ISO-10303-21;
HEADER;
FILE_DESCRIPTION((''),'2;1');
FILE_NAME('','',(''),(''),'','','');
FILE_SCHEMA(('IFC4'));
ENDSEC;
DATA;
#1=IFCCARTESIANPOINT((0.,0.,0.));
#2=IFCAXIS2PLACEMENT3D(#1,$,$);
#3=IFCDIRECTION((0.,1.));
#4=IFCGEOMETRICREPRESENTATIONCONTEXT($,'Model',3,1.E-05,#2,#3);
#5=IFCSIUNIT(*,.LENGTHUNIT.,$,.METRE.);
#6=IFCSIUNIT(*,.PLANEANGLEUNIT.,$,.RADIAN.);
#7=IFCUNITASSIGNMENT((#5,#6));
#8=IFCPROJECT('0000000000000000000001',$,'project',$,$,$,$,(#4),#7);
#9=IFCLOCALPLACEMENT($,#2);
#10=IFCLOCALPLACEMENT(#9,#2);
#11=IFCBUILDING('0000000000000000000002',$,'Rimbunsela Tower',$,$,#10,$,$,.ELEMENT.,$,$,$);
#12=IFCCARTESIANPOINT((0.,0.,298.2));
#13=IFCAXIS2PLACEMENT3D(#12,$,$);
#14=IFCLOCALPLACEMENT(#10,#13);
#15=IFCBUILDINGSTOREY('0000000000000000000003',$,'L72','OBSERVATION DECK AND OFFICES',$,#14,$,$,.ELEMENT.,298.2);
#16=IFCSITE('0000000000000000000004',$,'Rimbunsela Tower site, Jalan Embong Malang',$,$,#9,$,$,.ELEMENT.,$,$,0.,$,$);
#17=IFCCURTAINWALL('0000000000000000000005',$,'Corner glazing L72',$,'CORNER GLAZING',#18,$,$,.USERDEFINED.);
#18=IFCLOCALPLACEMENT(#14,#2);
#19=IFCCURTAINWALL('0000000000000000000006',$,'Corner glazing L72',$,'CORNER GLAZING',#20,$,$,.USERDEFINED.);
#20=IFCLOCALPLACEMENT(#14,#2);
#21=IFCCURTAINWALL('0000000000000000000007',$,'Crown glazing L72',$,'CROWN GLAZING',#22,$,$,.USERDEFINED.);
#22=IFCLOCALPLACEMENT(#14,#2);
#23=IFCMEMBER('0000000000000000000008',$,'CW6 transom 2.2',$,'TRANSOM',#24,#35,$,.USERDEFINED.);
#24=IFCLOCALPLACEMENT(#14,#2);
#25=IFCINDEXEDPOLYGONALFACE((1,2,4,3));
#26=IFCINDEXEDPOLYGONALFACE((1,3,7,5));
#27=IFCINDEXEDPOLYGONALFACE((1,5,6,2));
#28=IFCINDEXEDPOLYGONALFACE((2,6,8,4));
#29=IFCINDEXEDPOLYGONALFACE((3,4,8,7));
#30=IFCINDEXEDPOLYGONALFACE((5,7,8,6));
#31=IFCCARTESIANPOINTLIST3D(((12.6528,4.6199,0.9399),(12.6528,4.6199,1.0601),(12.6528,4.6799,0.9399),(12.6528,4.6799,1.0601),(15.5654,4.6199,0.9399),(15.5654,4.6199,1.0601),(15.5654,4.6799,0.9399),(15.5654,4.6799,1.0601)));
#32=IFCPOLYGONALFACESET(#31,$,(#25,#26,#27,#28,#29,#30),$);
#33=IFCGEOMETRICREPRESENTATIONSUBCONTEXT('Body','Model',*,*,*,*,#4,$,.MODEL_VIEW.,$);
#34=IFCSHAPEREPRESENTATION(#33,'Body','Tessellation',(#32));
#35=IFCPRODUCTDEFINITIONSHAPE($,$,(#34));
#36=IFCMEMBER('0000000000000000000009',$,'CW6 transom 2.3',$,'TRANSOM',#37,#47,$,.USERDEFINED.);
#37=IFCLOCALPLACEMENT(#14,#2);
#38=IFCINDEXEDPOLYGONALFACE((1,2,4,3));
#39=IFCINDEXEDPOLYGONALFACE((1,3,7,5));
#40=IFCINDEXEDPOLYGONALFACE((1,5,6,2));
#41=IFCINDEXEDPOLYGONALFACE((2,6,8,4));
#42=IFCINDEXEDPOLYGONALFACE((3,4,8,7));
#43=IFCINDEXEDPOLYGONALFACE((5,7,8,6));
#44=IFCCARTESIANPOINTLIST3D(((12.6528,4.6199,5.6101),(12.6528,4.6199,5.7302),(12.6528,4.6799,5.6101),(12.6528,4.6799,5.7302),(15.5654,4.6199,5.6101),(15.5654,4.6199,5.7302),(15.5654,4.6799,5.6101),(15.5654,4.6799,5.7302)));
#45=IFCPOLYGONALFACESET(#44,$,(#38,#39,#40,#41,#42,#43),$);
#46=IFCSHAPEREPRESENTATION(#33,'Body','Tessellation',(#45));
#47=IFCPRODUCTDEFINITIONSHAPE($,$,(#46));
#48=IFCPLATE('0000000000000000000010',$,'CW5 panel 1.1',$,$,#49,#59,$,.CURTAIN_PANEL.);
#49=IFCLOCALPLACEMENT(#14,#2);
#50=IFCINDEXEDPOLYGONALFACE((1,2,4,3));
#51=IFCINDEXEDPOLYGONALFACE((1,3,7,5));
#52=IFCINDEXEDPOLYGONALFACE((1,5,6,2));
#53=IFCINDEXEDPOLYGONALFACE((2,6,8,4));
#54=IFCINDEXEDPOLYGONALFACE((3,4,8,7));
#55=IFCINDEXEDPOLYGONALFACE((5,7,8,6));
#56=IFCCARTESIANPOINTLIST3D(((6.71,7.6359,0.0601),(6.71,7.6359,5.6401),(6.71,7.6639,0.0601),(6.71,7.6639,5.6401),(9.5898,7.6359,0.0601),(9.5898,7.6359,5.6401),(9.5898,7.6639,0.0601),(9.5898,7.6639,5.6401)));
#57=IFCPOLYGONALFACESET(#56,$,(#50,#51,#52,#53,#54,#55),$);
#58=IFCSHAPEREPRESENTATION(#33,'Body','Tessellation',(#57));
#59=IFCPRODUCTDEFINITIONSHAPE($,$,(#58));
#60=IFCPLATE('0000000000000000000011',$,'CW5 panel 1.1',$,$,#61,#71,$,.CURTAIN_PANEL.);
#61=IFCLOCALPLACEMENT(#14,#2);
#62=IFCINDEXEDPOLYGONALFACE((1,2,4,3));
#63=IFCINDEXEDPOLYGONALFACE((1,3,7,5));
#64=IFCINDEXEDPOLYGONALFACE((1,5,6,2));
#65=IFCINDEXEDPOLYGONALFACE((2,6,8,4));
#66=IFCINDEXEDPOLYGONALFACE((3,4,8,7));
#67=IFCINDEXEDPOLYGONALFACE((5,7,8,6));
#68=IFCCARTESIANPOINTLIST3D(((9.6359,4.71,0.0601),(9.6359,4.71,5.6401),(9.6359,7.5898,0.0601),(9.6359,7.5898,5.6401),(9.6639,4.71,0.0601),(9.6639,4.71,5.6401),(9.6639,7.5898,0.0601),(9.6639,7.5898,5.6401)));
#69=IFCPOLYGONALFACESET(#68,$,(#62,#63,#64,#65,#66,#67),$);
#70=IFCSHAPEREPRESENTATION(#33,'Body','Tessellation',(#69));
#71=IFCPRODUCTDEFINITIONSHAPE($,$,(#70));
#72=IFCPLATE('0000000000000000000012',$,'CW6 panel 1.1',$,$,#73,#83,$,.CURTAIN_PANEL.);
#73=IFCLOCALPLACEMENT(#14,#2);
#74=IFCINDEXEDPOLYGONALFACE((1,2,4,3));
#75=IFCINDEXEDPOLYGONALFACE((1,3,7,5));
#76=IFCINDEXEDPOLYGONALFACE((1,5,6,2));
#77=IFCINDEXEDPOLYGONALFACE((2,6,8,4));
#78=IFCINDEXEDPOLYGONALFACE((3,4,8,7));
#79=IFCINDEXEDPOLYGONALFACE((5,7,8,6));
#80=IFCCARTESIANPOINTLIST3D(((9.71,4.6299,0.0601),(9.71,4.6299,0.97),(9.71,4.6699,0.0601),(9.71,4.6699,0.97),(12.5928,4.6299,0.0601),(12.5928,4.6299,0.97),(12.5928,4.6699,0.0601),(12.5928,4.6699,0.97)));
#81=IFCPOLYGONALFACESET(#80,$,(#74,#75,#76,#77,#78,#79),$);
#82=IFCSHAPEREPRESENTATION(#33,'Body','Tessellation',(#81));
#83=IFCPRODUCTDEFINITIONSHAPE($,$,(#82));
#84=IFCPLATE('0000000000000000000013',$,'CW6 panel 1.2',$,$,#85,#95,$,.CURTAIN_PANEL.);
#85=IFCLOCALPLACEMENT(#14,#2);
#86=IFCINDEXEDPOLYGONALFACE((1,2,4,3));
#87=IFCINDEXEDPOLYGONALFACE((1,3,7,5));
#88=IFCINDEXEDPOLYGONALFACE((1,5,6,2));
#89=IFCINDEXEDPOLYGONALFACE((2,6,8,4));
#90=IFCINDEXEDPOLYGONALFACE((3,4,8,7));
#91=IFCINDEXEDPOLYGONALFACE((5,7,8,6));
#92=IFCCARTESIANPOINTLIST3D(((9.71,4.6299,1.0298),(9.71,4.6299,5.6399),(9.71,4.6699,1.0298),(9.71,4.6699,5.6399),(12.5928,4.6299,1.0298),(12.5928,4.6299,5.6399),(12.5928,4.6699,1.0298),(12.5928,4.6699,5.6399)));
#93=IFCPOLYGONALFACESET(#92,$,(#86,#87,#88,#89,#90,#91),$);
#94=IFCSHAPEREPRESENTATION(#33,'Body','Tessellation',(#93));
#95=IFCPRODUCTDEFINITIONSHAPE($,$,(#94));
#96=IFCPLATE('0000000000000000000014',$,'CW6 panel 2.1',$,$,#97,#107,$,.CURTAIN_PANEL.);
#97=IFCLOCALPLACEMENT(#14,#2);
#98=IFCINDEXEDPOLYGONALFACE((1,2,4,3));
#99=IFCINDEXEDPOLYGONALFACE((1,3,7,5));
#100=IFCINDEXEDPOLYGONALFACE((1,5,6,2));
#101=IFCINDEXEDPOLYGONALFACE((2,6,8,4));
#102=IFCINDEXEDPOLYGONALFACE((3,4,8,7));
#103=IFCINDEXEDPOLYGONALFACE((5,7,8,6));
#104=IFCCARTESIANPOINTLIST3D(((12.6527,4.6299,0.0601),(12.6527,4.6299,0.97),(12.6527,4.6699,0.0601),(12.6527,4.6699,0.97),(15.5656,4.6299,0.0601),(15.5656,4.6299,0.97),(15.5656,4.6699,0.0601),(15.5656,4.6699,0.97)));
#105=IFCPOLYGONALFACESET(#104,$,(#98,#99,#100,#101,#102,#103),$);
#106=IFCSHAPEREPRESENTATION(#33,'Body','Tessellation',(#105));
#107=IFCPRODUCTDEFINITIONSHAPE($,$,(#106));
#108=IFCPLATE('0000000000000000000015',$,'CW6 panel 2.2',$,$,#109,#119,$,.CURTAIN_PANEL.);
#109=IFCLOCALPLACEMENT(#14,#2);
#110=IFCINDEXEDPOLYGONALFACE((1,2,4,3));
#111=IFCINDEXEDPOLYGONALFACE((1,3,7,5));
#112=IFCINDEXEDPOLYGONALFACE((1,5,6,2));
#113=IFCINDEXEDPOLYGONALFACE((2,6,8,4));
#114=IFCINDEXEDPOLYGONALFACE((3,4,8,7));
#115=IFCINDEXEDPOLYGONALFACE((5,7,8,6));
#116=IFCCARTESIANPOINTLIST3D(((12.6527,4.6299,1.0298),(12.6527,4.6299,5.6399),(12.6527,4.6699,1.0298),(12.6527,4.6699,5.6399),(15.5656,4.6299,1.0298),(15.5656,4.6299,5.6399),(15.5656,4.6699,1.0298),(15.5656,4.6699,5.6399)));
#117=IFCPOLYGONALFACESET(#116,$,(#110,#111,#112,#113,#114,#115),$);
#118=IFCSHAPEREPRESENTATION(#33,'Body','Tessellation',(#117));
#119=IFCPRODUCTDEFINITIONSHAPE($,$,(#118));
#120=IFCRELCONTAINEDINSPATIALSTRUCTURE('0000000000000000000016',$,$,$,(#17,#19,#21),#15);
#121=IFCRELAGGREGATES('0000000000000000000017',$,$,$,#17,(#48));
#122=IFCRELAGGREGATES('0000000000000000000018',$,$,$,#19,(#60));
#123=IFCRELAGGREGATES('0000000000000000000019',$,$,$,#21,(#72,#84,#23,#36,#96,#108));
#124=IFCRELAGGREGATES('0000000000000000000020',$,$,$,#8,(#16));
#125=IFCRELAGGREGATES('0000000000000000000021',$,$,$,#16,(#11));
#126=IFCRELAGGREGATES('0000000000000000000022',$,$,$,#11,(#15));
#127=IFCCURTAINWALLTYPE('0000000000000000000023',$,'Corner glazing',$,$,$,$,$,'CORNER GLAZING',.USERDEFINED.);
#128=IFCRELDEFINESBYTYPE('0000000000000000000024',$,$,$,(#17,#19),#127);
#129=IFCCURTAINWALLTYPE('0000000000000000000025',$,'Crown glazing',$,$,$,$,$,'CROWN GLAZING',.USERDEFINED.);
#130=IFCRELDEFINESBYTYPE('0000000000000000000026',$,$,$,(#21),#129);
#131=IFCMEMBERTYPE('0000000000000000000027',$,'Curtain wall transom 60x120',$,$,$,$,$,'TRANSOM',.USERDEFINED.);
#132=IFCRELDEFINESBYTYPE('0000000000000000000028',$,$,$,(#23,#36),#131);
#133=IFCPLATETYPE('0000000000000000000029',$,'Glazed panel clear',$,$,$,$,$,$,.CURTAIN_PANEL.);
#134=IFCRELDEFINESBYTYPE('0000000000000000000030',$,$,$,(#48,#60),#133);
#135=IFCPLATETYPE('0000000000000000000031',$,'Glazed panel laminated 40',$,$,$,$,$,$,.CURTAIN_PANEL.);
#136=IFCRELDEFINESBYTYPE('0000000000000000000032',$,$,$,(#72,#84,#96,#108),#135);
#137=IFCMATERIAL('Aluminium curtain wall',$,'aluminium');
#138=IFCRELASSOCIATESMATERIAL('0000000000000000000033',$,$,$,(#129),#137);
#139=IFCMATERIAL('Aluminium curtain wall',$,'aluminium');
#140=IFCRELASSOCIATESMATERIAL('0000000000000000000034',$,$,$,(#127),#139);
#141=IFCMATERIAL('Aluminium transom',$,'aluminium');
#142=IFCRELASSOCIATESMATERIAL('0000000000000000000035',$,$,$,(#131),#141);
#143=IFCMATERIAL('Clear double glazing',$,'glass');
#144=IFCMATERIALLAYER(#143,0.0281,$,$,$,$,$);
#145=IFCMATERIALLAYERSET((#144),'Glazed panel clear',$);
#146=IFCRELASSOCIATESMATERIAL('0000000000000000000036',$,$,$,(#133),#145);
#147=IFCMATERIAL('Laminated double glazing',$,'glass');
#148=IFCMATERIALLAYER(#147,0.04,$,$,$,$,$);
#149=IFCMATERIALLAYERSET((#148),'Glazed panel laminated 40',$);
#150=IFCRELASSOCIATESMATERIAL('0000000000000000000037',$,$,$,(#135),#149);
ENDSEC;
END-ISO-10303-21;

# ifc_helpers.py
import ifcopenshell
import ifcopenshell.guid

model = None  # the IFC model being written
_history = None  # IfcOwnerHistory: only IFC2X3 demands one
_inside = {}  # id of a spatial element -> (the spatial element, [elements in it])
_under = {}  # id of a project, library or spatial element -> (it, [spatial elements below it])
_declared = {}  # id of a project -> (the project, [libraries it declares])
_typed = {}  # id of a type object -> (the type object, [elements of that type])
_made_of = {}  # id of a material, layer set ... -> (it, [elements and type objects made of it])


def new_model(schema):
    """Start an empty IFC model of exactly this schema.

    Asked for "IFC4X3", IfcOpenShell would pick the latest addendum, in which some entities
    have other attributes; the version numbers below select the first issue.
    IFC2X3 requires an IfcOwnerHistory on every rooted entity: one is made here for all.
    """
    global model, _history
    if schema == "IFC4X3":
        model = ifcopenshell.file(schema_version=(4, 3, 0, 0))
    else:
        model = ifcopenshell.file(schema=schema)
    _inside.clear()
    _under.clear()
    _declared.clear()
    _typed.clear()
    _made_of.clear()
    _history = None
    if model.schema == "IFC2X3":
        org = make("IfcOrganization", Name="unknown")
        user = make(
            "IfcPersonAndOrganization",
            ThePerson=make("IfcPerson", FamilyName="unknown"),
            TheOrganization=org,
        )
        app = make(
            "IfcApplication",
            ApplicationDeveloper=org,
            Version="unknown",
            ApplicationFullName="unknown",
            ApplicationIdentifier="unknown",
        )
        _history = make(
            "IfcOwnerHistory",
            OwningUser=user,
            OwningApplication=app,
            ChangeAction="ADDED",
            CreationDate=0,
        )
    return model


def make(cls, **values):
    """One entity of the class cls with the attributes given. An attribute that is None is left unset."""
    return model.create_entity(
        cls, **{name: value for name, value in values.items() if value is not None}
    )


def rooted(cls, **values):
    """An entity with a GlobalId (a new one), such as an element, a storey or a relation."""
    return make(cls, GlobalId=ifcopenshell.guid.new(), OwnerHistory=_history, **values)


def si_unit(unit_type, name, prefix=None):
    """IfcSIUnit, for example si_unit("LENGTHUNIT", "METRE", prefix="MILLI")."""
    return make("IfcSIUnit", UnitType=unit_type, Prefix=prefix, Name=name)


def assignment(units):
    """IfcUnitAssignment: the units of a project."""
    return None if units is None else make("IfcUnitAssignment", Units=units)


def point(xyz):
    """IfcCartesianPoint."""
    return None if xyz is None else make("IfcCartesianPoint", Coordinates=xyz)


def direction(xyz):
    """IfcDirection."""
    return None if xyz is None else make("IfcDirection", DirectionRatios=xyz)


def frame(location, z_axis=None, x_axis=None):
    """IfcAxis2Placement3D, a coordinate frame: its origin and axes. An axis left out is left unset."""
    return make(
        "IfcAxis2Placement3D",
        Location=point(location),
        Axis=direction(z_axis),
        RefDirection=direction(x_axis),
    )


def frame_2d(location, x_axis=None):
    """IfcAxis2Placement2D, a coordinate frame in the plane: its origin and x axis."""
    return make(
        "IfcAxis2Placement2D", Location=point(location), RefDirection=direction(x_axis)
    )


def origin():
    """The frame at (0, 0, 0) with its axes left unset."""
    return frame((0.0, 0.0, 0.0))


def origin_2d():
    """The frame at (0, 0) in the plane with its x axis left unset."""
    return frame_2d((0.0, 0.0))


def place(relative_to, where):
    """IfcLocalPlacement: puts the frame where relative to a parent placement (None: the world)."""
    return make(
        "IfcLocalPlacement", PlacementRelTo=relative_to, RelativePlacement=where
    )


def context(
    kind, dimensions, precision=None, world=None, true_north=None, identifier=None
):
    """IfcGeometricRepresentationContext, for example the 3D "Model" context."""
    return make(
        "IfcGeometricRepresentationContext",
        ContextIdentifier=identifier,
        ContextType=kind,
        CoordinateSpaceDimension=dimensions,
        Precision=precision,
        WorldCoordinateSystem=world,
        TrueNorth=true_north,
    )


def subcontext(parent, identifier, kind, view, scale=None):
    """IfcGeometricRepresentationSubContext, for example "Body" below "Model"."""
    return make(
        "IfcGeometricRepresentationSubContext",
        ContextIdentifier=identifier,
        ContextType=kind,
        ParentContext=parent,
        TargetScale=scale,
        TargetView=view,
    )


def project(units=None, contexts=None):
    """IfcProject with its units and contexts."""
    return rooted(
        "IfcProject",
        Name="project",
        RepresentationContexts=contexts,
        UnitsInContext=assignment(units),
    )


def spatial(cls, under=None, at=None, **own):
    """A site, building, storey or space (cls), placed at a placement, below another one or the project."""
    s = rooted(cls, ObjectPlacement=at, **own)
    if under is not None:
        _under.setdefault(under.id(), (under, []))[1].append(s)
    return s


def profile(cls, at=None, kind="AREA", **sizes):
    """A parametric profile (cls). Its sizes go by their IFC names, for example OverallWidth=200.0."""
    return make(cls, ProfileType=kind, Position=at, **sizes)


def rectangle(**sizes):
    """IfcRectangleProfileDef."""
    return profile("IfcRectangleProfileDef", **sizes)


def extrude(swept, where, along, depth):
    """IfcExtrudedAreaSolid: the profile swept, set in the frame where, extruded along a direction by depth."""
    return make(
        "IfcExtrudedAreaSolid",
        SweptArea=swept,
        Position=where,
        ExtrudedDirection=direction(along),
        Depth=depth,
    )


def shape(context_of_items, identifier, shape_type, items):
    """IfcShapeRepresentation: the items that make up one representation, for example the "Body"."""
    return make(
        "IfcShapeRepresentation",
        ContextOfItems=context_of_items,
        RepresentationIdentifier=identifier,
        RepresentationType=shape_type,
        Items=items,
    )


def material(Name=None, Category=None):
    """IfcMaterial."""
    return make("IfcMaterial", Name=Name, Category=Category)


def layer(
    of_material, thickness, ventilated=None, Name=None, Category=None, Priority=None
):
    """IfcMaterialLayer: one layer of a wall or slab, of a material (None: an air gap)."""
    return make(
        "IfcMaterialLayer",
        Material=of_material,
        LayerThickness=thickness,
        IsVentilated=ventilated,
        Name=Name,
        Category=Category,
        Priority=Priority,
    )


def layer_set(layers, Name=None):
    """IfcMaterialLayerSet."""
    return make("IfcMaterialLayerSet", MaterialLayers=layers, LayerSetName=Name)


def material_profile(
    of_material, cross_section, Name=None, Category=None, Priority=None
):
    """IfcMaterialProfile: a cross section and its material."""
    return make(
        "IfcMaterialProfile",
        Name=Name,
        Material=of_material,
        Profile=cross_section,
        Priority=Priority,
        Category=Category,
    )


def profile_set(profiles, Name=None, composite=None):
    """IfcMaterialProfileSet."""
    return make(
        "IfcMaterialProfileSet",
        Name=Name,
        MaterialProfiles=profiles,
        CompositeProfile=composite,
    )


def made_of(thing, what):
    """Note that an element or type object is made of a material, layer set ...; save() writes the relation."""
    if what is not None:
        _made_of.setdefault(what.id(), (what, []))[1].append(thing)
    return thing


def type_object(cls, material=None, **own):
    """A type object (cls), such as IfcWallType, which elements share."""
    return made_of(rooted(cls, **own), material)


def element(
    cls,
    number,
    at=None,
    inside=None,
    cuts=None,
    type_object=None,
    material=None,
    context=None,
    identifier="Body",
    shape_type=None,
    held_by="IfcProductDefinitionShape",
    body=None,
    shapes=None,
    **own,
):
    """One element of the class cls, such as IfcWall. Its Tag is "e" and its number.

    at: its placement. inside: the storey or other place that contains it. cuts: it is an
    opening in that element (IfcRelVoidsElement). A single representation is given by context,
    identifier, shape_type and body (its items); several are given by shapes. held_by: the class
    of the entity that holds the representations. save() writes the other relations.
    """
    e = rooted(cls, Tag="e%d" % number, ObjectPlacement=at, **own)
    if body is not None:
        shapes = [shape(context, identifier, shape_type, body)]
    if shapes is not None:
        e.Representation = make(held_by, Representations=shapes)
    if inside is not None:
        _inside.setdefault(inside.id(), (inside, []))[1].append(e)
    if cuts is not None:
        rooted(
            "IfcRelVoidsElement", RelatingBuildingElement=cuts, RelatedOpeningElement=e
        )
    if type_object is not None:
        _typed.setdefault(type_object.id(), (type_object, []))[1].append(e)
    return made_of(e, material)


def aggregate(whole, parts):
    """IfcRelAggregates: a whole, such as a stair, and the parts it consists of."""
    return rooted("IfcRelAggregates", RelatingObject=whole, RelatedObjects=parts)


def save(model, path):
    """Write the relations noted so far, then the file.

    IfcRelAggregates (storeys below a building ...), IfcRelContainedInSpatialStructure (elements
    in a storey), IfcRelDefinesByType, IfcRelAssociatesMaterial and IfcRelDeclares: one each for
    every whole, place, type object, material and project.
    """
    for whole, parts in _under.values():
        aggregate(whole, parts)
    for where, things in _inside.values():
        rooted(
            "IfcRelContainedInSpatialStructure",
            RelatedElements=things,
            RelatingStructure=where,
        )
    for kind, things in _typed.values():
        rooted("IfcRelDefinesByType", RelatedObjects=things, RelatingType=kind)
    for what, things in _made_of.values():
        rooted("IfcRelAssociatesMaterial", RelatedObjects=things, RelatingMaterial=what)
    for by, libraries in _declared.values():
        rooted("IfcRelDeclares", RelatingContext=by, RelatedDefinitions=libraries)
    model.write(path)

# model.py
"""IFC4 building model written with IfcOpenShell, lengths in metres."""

from ifc_helpers import new_model, si_unit, direction, frame, origin, origin_2d, place, context, subcontext, project, spatial, rectangle, extrude, material, layer, layer_set, material_profile, profile_set, type_object, element, aggregate, save


model = new_model("IFC4")

# Units and contexts
model_context = context("Model", 3, precision=1e-05, world=origin(), true_north=direction((0.0, 1.0)))
body_context = subcontext(model_context, "Body", "Model", "MODEL_VIEW")
ifc_project = project(units=[si_unit("LENGTHUNIT", "METRE"), si_unit("PLANEANGLEUNIT", "RADIAN")], contexts=[model_context])

# Site, building, storey
site_placement = place(None, origin())
site = spatial("IfcSite", under=ifc_project, at=site_placement, Name="Rimbunsela Tower site, Jalan Embong Malang", CompositionType="ELEMENT", RefElevation=0.0)
building_placement = place(site_placement, origin())
building = spatial("IfcBuilding", under=site, at=building_placement, Name="Rimbunsela Tower", CompositionType="ELEMENT")
storey_placement = place(building_placement, frame((0.0, 0.0, 298.2)))
storey = spatial("IfcBuildingStorey", under=building, at=storey_placement, Name="L72", Description="OBSERVATION DECK AND OFFICES", CompositionType="ELEMENT", Elevation=298.2)

# Shared definitions
ifc_material_1 = material(Name="Aluminium curtain wall", Category="aluminium")
curtain_wall_type_1 = type_object("IfcCurtainWallType", Name="Crown glazing", ElementType="CROWN GLAZING", PredefinedType="USERDEFINED", material=ifc_material_1)

# Curtain walls
ifc_material_2 = material(Name="Aluminium curtain wall", Category="aluminium")
curtain_wall_type_2 = type_object("IfcCurtainWallType", Name="Corner glazing", ElementType="CORNER GLAZING", PredefinedType="USERDEFINED", material=ifc_material_2)
curtain_wall_1_placement = place(storey_placement, origin())
curtain_wall_1 = element("IfcCurtainWall", 1, at=curtain_wall_1_placement, inside=storey, type_object=curtain_wall_type_2, Name="Corner glazing L72", ObjectType="CORNER GLAZING", PredefinedType="USERDEFINED")
curtain_wall_2_placement = place(storey_placement, origin())
curtain_wall_2 = element("IfcCurtainWall", 2, at=curtain_wall_2_placement, inside=storey, type_object=curtain_wall_type_2, Name="Corner glazing L72", ObjectType="CORNER GLAZING", PredefinedType="USERDEFINED")
curtain_wall_3_placement = place(storey_placement, origin())
curtain_wall_3 = element("IfcCurtainWall", 3, at=curtain_wall_3_placement, inside=storey, type_object=curtain_wall_type_1, Name="Crown glazing L72", ObjectType="CROWN GLAZING", PredefinedType="USERDEFINED")

# Members
ifc_material_3 = material(Name="Aluminium transom", Category="aluminium")
ifc_material_profile_1 = material_profile(ifc_material_3, rectangle(XDim=0.0601, YDim=0.1201, at=origin_2d()), Name="Transom 60x120")
ifc_profile_set_1 = profile_set([ifc_material_profile_1], Name="Aluminium transom")
member_type_1 = type_object("IfcMemberType", Name="Curtain wall transom 60x120", ElementType="TRANSOM", PredefinedType="USERDEFINED", material=ifc_profile_set_1)
member_1_placement = place(storey_placement, frame((12.6528, 4.6499, 1.0), z_axis=(1.0, 0.0, 0.0), x_axis=(0.0, 1.0, 0.0)))
member_1 = element("IfcMember", 4, at=member_1_placement, type_object=member_type_1, Name="CW6 transom 2.2", ObjectType="TRANSOM", PredefinedType="USERDEFINED", context=body_context, shape_type="SweptSolid", body=[
    extrude(rectangle(XDim=0.0601, YDim=0.1201, at=origin_2d()), origin(), (0.0, 0.0, 1.0), 2.9126),
])
member_2_placement = place(storey_placement, frame((12.6528, 4.6499, 5.6702), z_axis=(1.0, 0.0, 0.0), x_axis=(0.0, 1.0, 0.0)))
member_2 = element("IfcMember", 5, at=member_2_placement, type_object=member_type_1, Name="CW6 transom 2.3", ObjectType="TRANSOM", PredefinedType="USERDEFINED", context=body_context, shape_type="SweptSolid", body=[
    extrude(rectangle(XDim=0.0601, YDim=0.1201, at=origin_2d()), origin(), (0.0, 0.0, 1.0), 2.9126),
])

# Plates
ifc_material_4 = material(Name="Clear double glazing", Category="glass")
ifc_layer_1 = layer(ifc_material_4, 0.0281)
ifc_layer_set_1 = layer_set([ifc_layer_1], Name="Glazed panel clear")
plate_type_1 = type_object("IfcPlateType", Name="Glazed panel clear", PredefinedType="CURTAIN_PANEL", material=ifc_layer_set_1)
plate_1_placement = place(storey_placement, frame((8.1499, 7.6499, 0.0601), z_axis=(0.0, 0.0, 1.0), x_axis=(1.0, 0.0, 0.0)))
plate_1 = element("IfcPlate", 6, at=plate_1_placement, type_object=plate_type_1, Name="CW5 panel 1.1", PredefinedType="CURTAIN_PANEL", context=body_context, shape_type="SweptSolid", body=[
    extrude(rectangle(XDim=2.8799, YDim=0.0281, at=origin_2d()), origin(), (0.0, 0.0, 1.0), 5.5801),
])
aggregate(curtain_wall_1, [plate_1])
plate_2_placement = place(storey_placement, frame((9.6499, 6.1499, 0.0601), z_axis=(0.0, 0.0, 1.0), x_axis=(0.0, -1.0, 0.0)))
plate_2 = element("IfcPlate", 7, at=plate_2_placement, type_object=plate_type_1, Name="CW5 panel 1.1", PredefinedType="CURTAIN_PANEL", context=body_context, shape_type="SweptSolid", body=[
    extrude(rectangle(XDim=2.8799, YDim=0.0281, at=origin_2d()), origin(), (0.0, 0.0, 1.0), 5.5801),
])
aggregate(curtain_wall_2, [plate_2])
ifc_material_5 = material(Name="Laminated double glazing", Category="glass")
ifc_layer_2 = layer(ifc_material_5, 0.04)
ifc_layer_set_2 = layer_set([ifc_layer_2], Name="Glazed panel laminated 40")
plate_type_2 = type_object("IfcPlateType", Name="Glazed panel laminated 40", PredefinedType="CURTAIN_PANEL", material=ifc_layer_set_2)
plate_3_placement = place(storey_placement, frame((11.1514, 4.6499, 0.0601), z_axis=(0.0, 0.0, 1.0), x_axis=(1.0, 0.0, 0.0)))
plate_3 = element("IfcPlate", 8, at=plate_3_placement, type_object=plate_type_2, Name="CW6 panel 1.1", PredefinedType="CURTAIN_PANEL", context=body_context, shape_type="SweptSolid", body=[
    extrude(rectangle(XDim=2.8828, YDim=0.04, at=origin_2d()), origin(), (0.0, 0.0, 1.0), 0.9099),
])
plate_4_placement = place(storey_placement, frame((11.1514, 4.6499, 1.0298), z_axis=(0.0, 0.0, 1.0), x_axis=(1.0, 0.0, 0.0)))
plate_4 = element("IfcPlate", 9, at=plate_4_placement, type_object=plate_type_2, Name="CW6 panel 1.2", PredefinedType="CURTAIN_PANEL", context=body_context, shape_type="SweptSolid", body=[
    extrude(rectangle(XDim=2.8828, YDim=0.04, at=origin_2d()), origin(), (0.0, 0.0, 1.0), 4.6101),
])
plate_5_placement = place(storey_placement, frame((14.1091, 4.6499, 0.0601), z_axis=(0.0, 0.0, 1.0), x_axis=(1.0, 0.0, 0.0)))
plate_5 = element("IfcPlate", 10, at=plate_5_placement, type_object=plate_type_2, Name="CW6 panel 2.1", PredefinedType="CURTAIN_PANEL", context=body_context, shape_type="SweptSolid", body=[
    extrude(rectangle(XDim=2.9128, YDim=0.04, at=origin_2d()), origin(), (0.0, 0.0, 1.0), 0.9099),
])
plate_6_placement = place(storey_placement, frame((14.1091, 4.6499, 1.0298), z_axis=(0.0, 0.0, 1.0), x_axis=(1.0, 0.0, 0.0)))
plate_6 = element("IfcPlate", 11, at=plate_6_placement, type_object=plate_type_2, Name="CW6 panel 2.2", PredefinedType="CURTAIN_PANEL", context=body_context, shape_type="SweptSolid", body=[
    extrude(rectangle(XDim=2.9128, YDim=0.04, at=origin_2d()), origin(), (0.0, 0.0, 1.0), 4.6101),
])
aggregate(curtain_wall_3, [plate_3, plate_4, member_1, member_2, plate_5, plate_6])

save(model, "model.ifc")
